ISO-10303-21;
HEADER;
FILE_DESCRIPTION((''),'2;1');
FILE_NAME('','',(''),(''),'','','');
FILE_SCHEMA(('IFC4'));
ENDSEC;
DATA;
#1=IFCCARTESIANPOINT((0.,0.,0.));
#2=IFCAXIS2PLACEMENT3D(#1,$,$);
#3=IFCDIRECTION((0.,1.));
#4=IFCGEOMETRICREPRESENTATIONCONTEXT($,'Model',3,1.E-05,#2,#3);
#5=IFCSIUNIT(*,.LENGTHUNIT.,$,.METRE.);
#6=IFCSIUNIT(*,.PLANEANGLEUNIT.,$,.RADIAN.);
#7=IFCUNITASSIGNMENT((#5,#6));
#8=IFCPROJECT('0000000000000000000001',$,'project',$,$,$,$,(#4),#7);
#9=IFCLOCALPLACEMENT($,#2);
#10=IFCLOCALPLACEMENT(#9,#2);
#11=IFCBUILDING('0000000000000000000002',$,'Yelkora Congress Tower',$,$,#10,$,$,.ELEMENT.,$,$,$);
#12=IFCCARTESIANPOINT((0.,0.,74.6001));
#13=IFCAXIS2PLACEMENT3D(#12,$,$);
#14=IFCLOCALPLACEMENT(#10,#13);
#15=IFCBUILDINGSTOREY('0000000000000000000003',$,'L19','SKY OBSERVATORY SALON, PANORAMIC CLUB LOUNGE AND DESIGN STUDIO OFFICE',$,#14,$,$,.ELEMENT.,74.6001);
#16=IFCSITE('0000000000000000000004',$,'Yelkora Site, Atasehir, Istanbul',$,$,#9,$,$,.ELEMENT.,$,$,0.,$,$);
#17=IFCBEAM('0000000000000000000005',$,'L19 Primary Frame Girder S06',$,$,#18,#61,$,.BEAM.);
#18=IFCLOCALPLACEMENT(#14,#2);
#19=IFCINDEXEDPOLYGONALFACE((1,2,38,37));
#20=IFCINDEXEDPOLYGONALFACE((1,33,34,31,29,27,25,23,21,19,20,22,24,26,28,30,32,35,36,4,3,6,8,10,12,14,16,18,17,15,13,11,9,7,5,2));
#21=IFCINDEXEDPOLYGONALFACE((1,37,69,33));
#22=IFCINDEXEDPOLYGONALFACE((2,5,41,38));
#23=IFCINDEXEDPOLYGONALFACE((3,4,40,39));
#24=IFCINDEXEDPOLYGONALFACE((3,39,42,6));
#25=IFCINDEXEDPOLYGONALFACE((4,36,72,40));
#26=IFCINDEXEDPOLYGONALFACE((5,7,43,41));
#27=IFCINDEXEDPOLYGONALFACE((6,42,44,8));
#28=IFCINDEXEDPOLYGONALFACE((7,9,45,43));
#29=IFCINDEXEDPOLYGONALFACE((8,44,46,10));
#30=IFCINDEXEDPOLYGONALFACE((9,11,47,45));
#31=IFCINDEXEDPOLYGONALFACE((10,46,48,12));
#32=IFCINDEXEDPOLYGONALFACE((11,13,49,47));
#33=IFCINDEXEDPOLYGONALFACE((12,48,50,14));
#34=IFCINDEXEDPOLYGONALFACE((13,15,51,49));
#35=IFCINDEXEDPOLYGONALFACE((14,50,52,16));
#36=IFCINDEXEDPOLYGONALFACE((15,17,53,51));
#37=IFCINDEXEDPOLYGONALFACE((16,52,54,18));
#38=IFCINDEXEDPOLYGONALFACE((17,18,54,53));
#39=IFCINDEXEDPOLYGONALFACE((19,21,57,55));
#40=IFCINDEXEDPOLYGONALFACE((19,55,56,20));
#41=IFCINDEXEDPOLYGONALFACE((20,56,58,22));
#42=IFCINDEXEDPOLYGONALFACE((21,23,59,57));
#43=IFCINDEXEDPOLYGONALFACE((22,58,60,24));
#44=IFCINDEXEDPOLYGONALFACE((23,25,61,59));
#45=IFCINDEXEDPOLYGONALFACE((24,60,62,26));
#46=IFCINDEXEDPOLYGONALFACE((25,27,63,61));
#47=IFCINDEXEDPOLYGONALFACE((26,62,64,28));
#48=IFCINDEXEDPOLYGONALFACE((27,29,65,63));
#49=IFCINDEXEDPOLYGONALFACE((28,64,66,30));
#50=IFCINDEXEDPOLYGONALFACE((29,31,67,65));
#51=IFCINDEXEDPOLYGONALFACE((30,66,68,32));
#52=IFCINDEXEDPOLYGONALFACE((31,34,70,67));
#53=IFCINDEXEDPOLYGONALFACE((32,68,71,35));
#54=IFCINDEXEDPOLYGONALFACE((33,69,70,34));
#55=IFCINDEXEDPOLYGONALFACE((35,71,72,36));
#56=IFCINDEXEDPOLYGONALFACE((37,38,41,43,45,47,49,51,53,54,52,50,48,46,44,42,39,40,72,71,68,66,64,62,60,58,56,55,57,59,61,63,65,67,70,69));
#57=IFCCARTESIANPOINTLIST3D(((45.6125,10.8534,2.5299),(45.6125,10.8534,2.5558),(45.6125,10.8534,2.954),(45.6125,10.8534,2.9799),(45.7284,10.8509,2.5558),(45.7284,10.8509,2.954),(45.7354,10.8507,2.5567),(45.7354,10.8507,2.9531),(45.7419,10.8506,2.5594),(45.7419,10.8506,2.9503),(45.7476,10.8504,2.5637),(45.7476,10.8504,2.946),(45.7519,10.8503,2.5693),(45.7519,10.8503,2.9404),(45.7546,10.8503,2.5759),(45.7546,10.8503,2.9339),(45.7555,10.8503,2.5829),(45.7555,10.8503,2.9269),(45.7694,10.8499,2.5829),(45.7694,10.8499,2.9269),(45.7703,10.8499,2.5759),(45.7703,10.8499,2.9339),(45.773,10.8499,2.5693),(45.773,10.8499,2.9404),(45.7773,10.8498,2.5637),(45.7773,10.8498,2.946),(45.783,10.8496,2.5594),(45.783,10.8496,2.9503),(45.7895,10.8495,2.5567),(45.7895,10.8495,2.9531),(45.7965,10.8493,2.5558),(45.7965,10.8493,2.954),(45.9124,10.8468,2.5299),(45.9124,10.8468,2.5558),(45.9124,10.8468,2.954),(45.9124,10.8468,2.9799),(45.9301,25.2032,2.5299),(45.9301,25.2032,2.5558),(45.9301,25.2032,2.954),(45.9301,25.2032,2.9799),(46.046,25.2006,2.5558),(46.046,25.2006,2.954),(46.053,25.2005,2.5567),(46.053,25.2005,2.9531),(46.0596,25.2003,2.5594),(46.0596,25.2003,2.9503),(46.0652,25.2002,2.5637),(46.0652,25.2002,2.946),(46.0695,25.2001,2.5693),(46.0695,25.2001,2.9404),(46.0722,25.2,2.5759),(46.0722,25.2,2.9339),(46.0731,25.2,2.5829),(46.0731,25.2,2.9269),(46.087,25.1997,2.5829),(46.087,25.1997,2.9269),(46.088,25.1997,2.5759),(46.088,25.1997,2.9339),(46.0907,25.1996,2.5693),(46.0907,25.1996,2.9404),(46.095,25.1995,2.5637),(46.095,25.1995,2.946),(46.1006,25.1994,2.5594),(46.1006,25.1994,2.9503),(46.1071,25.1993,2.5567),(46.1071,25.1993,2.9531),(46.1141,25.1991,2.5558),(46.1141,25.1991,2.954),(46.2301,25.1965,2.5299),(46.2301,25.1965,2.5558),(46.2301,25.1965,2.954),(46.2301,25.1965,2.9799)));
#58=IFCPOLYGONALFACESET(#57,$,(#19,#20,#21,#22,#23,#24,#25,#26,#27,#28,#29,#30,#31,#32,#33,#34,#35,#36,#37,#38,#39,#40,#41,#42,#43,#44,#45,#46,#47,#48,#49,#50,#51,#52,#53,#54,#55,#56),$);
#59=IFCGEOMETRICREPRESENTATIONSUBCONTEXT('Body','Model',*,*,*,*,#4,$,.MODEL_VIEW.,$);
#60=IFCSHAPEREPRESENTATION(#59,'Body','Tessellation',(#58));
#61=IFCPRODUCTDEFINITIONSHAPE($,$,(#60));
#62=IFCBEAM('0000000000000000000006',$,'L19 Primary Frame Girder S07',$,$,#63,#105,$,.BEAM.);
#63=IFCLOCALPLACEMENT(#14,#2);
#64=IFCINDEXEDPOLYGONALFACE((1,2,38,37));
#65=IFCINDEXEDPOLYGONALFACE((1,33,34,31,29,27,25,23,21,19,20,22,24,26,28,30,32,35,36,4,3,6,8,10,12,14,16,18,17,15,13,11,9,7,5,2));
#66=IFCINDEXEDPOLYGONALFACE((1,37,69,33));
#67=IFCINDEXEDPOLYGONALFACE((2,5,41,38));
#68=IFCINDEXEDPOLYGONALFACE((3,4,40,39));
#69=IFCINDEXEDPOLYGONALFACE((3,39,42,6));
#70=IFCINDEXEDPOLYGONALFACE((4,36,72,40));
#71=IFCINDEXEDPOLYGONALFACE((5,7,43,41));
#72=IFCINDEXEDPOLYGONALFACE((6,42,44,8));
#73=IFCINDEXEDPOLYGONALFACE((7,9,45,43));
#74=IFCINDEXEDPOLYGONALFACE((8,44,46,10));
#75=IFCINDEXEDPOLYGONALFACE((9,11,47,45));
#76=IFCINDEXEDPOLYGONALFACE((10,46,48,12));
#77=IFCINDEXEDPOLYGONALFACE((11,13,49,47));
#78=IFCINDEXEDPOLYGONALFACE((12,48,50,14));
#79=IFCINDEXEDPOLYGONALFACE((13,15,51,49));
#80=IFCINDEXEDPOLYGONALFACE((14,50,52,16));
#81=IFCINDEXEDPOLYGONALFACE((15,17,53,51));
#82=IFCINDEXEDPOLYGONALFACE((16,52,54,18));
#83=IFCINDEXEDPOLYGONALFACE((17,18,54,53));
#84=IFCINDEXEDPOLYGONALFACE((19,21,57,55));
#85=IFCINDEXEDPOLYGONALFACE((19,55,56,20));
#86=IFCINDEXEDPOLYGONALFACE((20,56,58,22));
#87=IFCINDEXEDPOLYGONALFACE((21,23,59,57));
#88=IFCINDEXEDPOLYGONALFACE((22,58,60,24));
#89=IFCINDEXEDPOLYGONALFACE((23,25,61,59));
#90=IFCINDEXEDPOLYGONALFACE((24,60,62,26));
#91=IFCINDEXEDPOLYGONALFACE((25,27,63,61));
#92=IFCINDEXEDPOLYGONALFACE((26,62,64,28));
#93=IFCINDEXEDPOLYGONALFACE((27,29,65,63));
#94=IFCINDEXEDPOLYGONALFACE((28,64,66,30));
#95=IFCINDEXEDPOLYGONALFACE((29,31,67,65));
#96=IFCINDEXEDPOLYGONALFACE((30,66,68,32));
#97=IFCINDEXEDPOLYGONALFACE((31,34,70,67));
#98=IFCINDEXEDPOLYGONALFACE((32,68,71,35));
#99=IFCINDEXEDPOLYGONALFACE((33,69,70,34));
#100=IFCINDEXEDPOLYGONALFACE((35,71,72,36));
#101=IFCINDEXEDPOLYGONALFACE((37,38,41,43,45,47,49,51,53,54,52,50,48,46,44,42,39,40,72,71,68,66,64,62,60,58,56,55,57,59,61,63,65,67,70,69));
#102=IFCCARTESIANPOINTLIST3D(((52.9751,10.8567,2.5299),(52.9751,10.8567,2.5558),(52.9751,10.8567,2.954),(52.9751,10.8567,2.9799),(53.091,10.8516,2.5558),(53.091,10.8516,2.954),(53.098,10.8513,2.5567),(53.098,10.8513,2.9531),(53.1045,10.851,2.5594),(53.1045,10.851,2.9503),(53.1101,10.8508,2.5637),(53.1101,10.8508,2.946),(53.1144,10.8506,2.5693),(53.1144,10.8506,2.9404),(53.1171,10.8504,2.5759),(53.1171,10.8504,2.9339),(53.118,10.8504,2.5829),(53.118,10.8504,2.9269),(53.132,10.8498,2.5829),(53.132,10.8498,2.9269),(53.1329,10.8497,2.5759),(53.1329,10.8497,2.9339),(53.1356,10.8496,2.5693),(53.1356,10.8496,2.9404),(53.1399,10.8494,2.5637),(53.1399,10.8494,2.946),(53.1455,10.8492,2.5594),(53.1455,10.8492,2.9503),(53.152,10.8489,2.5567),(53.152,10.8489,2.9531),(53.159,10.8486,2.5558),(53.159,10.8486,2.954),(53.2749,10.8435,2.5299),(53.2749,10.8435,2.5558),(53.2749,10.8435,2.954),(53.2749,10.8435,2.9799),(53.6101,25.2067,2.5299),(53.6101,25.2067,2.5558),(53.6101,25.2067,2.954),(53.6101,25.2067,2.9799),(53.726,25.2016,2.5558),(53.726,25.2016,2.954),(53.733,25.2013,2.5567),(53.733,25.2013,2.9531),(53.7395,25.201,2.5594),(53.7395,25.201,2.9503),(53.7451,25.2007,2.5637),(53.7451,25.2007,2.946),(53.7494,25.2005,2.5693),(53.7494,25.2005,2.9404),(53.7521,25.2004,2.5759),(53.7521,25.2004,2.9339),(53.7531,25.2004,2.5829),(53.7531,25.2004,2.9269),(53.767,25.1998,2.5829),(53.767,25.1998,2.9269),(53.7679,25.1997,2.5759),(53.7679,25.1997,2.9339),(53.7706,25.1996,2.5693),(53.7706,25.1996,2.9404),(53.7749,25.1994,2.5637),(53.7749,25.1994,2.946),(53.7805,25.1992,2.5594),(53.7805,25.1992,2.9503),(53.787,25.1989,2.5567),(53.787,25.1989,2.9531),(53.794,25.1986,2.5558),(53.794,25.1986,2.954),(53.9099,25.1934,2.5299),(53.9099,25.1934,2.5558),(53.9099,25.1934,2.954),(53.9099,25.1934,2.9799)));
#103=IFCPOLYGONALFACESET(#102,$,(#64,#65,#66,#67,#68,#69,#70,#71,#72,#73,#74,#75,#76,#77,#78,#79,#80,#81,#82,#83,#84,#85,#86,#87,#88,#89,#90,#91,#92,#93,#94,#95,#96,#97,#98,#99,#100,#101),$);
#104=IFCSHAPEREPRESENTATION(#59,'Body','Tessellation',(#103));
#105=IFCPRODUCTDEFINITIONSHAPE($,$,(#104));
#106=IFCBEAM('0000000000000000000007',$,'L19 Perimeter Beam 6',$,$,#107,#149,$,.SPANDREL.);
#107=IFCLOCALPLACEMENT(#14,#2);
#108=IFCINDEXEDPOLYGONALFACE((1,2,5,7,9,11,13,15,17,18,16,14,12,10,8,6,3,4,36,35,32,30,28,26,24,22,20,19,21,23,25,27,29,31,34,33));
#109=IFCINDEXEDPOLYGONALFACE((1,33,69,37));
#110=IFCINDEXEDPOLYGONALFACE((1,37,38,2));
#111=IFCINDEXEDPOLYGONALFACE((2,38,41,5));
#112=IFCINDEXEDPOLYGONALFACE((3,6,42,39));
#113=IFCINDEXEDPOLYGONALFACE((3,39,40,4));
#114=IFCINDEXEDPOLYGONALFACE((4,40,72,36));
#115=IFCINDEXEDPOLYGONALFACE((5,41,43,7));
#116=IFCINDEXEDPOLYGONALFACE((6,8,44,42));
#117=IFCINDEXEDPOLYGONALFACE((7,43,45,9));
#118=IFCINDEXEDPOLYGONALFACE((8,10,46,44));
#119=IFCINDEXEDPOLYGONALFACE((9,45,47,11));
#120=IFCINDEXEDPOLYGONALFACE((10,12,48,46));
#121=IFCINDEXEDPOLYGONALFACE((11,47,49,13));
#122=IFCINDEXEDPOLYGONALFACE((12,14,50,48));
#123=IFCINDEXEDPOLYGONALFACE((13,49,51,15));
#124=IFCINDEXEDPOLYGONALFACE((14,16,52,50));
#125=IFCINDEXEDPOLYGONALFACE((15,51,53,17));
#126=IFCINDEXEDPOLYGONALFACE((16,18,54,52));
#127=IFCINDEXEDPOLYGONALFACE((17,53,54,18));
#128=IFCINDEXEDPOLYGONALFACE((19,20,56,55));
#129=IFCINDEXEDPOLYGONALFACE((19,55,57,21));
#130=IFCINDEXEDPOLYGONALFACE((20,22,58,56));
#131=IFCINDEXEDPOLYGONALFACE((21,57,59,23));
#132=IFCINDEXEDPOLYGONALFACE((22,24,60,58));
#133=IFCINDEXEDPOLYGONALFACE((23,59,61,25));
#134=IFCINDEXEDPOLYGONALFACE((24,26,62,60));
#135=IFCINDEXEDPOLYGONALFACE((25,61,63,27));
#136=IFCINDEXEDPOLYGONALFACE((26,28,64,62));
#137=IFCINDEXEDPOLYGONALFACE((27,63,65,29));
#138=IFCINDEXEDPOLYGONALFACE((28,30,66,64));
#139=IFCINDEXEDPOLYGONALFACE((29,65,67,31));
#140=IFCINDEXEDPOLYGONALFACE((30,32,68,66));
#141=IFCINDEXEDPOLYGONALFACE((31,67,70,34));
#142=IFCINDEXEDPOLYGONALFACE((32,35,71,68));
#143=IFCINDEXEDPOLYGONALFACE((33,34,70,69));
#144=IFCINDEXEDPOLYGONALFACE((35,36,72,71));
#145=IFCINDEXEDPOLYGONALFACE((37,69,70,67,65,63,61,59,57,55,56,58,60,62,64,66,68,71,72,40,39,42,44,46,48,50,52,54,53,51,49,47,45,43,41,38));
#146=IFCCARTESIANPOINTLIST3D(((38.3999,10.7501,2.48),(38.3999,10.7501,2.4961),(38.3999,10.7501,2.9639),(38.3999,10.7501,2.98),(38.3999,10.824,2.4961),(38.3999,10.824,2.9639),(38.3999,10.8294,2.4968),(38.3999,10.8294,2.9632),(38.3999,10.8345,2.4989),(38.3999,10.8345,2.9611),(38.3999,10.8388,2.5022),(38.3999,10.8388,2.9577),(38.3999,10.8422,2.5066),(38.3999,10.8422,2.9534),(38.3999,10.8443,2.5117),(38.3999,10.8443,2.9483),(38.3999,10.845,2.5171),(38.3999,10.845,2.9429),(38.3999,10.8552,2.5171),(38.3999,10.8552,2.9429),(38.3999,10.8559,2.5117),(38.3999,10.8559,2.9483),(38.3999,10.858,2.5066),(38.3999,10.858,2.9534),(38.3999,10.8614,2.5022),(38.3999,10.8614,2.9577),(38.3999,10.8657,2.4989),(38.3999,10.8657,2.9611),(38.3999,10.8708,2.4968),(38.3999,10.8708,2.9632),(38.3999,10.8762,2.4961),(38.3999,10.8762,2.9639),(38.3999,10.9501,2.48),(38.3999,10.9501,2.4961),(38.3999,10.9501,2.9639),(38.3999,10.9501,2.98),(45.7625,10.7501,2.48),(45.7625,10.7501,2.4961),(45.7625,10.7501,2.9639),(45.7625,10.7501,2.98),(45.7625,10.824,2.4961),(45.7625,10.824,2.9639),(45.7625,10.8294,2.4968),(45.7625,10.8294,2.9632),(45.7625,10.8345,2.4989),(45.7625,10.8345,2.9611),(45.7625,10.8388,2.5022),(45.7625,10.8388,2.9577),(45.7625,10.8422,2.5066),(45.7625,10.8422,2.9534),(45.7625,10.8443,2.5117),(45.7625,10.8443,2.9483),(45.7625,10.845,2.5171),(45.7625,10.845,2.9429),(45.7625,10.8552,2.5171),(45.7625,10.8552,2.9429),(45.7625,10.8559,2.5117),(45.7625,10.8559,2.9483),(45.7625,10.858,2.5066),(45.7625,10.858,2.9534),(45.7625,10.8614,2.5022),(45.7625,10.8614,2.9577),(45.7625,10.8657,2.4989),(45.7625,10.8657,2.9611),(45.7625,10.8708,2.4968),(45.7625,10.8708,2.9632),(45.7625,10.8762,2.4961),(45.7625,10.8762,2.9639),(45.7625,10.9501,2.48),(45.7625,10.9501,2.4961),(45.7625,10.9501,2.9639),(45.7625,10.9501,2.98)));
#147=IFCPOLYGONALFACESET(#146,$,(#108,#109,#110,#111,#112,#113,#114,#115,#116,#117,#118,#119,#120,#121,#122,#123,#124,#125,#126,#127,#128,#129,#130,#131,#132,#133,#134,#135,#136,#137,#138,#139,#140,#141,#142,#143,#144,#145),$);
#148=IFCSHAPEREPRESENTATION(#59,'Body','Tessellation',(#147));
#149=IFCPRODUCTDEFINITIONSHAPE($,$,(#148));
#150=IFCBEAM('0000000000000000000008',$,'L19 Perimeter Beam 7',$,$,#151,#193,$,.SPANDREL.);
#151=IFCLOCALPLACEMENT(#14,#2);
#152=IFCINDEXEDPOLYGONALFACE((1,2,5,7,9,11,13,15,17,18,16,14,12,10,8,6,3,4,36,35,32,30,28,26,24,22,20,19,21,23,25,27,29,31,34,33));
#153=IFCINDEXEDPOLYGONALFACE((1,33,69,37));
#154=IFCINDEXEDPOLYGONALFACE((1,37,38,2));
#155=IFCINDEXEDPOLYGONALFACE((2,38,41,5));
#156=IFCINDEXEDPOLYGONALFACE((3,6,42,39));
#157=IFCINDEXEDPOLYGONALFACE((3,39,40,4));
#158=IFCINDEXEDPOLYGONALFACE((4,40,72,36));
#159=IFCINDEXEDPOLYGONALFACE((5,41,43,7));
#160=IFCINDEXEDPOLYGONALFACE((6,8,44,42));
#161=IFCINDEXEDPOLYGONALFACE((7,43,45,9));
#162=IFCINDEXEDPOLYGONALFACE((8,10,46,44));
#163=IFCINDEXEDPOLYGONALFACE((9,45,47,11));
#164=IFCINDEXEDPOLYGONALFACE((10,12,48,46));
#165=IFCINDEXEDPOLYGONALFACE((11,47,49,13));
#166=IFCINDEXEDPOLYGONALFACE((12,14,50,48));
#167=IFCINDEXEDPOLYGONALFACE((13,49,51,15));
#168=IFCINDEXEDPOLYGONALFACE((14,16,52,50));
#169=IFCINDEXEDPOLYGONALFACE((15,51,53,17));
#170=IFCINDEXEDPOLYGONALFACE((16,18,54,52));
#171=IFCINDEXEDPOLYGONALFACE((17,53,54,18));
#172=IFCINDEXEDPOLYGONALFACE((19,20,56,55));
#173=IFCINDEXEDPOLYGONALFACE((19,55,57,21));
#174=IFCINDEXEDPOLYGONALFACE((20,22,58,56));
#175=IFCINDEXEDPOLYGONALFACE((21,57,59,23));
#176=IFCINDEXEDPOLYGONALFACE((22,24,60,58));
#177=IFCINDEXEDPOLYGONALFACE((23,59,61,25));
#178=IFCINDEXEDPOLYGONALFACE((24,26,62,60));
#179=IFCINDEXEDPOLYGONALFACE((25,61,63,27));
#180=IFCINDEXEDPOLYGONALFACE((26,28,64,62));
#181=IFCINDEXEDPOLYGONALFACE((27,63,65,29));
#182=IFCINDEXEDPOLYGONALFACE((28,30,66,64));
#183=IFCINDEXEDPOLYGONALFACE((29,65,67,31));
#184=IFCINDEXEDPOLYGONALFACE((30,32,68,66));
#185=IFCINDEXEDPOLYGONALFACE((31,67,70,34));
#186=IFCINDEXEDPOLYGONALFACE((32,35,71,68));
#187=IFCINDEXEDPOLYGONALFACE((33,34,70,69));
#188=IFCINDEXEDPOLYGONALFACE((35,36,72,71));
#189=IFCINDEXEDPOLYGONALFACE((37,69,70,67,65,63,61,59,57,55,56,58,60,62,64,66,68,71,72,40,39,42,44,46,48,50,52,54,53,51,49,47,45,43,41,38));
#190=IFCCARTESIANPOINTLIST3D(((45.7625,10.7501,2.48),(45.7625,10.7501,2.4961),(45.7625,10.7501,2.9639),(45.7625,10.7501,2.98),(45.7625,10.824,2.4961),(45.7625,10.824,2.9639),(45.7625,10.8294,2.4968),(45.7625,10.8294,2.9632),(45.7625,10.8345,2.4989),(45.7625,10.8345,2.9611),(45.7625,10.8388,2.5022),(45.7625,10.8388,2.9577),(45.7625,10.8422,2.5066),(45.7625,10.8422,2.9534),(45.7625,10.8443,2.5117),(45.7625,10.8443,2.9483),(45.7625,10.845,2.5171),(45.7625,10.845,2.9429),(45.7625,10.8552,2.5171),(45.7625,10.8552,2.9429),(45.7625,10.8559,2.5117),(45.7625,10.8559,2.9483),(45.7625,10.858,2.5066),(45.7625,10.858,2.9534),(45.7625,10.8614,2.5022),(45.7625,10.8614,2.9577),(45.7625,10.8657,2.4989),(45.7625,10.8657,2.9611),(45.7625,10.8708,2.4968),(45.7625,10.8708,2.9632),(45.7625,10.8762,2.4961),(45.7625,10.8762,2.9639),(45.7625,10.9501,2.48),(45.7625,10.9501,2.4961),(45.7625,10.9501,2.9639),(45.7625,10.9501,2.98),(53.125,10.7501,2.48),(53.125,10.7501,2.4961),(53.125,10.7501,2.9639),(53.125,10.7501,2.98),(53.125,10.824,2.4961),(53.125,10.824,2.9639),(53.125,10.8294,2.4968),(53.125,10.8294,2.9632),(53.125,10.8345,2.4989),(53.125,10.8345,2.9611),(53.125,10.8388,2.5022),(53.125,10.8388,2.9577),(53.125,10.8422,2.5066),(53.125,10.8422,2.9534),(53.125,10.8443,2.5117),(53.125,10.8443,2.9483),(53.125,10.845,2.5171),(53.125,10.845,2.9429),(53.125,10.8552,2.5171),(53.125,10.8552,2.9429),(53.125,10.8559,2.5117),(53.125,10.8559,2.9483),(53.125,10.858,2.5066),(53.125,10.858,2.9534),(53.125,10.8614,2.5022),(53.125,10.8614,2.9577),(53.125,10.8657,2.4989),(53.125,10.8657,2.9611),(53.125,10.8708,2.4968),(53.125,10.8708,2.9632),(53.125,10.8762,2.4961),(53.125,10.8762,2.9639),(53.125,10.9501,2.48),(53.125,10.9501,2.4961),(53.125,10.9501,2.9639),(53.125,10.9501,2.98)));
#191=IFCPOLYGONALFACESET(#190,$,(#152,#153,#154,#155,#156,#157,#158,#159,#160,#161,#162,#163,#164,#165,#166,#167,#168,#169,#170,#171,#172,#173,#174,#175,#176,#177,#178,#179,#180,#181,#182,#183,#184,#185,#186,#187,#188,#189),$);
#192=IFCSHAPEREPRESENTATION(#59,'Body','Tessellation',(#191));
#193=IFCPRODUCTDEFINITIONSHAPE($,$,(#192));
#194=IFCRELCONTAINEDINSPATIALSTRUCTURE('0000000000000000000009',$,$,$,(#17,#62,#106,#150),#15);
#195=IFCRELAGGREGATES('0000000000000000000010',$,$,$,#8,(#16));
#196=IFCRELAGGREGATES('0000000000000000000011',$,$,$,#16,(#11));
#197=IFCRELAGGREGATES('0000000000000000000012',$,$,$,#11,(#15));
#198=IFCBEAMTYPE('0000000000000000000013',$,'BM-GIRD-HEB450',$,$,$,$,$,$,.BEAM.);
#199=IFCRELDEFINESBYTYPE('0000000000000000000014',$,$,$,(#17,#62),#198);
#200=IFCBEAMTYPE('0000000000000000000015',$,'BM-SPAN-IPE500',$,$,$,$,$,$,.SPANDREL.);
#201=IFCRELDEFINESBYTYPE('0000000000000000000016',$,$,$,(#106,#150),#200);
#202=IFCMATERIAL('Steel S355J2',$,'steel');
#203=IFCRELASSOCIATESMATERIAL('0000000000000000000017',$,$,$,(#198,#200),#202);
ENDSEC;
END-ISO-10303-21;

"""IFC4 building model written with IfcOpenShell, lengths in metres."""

from ifc_helpers import new_model, si_unit, direction, frame, origin, origin_2d, place, context, subcontext, project, spatial, i_section, extrude, material, material_profile, profile_set, type_object, element, save


model = new_model("IFC4")

# Units and contexts
model_context = context("Model", 3, precision=1e-05, world=origin(), true_north=direction((0.0, 1.0)))
body_context = subcontext(model_context, "Body", "Model", "MODEL_VIEW")
ifc_project = project(units=[si_unit("LENGTHUNIT", "METRE"), si_unit("PLANEANGLEUNIT", "RADIAN")], contexts=[model_context])

# Site, building, storey
site_placement = place(None, origin())
site = spatial("IfcSite", under=ifc_project, at=site_placement, Name="Yelkora Site, Atasehir, Istanbul", CompositionType="ELEMENT", RefElevation=0.0)
building_placement = place(site_placement, origin())
building = spatial("IfcBuilding", under=site, at=building_placement, Name="Yelkora Congress Tower", CompositionType="ELEMENT")
storey_placement = place(building_placement, frame((0.0, 0.0, 74.6001)))
storey = spatial("IfcBuildingStorey", under=building, at=storey_placement, Name="L19", Description="SKY OBSERVATORY SALON, PANORAMIC CLUB LOUNGE AND DESIGN STUDIO OFFICE", CompositionType="ELEMENT", Elevation=74.6001)

# Beams
ifc_material_1 = material(Name="Steel S355J2", Category="steel")
ifc_material_profile_1 = material_profile(ifc_material_1, i_section(OverallWidth=0.3, OverallDepth=0.45, WebThickness=0.0139, FlangeThickness=0.0259, FilletRadius=0.0271, at=origin_2d()), Name="HEB 450")
ifc_profile_set_1 = profile_set([ifc_material_profile_1], Name="Steel S355J2")
beam_type_1 = type_object("IfcBeamType", Name="BM-GIRD-HEB450", PredefinedType="BEAM", material=ifc_profile_set_1)
beam_1_placement = place(storey_placement, frame((45.7625, 10.8501, 2.7549), z_axis=(0.022129, 0.999755, 0.0), x_axis=(-0.999755, 0.022129, 0.0)))
element("IfcBeam", 1, at=beam_1_placement, inside=storey, type_object=beam_type_1, Name="L19 Primary Frame Girder S06", PredefinedType="BEAM", context=body_context, shape_type="SweptSolid", body=[
    extrude(i_section(OverallWidth=0.3, OverallDepth=0.45, WebThickness=0.0139, FlangeThickness=0.0259, FilletRadius=0.0271, at=origin_2d()), origin(), (0.0, 0.0, 1.0), 14.3533),
])
beam_2_placement = place(storey_placement, frame((53.125, 10.8501, 2.7549), z_axis=(0.044209, 0.999022, 0.0), x_axis=(-0.999022, 0.044209, 0.0)))
element("IfcBeam", 2, at=beam_2_placement, inside=storey, type_object=beam_type_1, Name="L19 Primary Frame Girder S07", PredefinedType="BEAM", context=body_context, shape_type="SweptSolid", body=[
    extrude(i_section(OverallWidth=0.3, OverallDepth=0.45, WebThickness=0.0139, FlangeThickness=0.0259, FilletRadius=0.0271, at=origin_2d()), origin(), (0.0, 0.0, 1.0), 14.364),
])
ifc_material_profile_2 = material_profile(ifc_material_1, i_section(OverallWidth=0.2, OverallDepth=0.5, WebThickness=0.0103, FlangeThickness=0.0161, FilletRadius=0.021, at=origin_2d()), Name="IPE 500")
ifc_profile_set_2 = profile_set([ifc_material_profile_2], Name="Steel S355J2")
beam_type_2 = type_object("IfcBeamType", Name="BM-SPAN-IPE500", PredefinedType="SPANDREL", material=ifc_profile_set_2)
for number, where, z_axis, x_axis, name in (
    (3, (38.3999, 10.8501, 2.73), (1.0, 0.0, 0.0), (0.0, 1.0, 0.0), "L19 Perimeter Beam 6"),
    (4, (45.7625, 10.8501, 2.73), (1.0, 0.0, 0.0), (0.0, 1.0, 0.0), "L19 Perimeter Beam 7"),
):
    element("IfcBeam", number, at=place(storey_placement, frame(where, z_axis=z_axis, x_axis=x_axis)), inside=storey, type_object=beam_type_2, Name=name, PredefinedType="SPANDREL", context=body_context, shape_type="SweptSolid", body=[
        extrude(i_section(OverallWidth=0.2, OverallDepth=0.5, WebThickness=0.0103, FlangeThickness=0.0161, FilletRadius=0.021, at=origin_2d()), origin(), (0.0, 0.0, 1.0), 7.3625),
    ])

save(model, "model.ifc")
